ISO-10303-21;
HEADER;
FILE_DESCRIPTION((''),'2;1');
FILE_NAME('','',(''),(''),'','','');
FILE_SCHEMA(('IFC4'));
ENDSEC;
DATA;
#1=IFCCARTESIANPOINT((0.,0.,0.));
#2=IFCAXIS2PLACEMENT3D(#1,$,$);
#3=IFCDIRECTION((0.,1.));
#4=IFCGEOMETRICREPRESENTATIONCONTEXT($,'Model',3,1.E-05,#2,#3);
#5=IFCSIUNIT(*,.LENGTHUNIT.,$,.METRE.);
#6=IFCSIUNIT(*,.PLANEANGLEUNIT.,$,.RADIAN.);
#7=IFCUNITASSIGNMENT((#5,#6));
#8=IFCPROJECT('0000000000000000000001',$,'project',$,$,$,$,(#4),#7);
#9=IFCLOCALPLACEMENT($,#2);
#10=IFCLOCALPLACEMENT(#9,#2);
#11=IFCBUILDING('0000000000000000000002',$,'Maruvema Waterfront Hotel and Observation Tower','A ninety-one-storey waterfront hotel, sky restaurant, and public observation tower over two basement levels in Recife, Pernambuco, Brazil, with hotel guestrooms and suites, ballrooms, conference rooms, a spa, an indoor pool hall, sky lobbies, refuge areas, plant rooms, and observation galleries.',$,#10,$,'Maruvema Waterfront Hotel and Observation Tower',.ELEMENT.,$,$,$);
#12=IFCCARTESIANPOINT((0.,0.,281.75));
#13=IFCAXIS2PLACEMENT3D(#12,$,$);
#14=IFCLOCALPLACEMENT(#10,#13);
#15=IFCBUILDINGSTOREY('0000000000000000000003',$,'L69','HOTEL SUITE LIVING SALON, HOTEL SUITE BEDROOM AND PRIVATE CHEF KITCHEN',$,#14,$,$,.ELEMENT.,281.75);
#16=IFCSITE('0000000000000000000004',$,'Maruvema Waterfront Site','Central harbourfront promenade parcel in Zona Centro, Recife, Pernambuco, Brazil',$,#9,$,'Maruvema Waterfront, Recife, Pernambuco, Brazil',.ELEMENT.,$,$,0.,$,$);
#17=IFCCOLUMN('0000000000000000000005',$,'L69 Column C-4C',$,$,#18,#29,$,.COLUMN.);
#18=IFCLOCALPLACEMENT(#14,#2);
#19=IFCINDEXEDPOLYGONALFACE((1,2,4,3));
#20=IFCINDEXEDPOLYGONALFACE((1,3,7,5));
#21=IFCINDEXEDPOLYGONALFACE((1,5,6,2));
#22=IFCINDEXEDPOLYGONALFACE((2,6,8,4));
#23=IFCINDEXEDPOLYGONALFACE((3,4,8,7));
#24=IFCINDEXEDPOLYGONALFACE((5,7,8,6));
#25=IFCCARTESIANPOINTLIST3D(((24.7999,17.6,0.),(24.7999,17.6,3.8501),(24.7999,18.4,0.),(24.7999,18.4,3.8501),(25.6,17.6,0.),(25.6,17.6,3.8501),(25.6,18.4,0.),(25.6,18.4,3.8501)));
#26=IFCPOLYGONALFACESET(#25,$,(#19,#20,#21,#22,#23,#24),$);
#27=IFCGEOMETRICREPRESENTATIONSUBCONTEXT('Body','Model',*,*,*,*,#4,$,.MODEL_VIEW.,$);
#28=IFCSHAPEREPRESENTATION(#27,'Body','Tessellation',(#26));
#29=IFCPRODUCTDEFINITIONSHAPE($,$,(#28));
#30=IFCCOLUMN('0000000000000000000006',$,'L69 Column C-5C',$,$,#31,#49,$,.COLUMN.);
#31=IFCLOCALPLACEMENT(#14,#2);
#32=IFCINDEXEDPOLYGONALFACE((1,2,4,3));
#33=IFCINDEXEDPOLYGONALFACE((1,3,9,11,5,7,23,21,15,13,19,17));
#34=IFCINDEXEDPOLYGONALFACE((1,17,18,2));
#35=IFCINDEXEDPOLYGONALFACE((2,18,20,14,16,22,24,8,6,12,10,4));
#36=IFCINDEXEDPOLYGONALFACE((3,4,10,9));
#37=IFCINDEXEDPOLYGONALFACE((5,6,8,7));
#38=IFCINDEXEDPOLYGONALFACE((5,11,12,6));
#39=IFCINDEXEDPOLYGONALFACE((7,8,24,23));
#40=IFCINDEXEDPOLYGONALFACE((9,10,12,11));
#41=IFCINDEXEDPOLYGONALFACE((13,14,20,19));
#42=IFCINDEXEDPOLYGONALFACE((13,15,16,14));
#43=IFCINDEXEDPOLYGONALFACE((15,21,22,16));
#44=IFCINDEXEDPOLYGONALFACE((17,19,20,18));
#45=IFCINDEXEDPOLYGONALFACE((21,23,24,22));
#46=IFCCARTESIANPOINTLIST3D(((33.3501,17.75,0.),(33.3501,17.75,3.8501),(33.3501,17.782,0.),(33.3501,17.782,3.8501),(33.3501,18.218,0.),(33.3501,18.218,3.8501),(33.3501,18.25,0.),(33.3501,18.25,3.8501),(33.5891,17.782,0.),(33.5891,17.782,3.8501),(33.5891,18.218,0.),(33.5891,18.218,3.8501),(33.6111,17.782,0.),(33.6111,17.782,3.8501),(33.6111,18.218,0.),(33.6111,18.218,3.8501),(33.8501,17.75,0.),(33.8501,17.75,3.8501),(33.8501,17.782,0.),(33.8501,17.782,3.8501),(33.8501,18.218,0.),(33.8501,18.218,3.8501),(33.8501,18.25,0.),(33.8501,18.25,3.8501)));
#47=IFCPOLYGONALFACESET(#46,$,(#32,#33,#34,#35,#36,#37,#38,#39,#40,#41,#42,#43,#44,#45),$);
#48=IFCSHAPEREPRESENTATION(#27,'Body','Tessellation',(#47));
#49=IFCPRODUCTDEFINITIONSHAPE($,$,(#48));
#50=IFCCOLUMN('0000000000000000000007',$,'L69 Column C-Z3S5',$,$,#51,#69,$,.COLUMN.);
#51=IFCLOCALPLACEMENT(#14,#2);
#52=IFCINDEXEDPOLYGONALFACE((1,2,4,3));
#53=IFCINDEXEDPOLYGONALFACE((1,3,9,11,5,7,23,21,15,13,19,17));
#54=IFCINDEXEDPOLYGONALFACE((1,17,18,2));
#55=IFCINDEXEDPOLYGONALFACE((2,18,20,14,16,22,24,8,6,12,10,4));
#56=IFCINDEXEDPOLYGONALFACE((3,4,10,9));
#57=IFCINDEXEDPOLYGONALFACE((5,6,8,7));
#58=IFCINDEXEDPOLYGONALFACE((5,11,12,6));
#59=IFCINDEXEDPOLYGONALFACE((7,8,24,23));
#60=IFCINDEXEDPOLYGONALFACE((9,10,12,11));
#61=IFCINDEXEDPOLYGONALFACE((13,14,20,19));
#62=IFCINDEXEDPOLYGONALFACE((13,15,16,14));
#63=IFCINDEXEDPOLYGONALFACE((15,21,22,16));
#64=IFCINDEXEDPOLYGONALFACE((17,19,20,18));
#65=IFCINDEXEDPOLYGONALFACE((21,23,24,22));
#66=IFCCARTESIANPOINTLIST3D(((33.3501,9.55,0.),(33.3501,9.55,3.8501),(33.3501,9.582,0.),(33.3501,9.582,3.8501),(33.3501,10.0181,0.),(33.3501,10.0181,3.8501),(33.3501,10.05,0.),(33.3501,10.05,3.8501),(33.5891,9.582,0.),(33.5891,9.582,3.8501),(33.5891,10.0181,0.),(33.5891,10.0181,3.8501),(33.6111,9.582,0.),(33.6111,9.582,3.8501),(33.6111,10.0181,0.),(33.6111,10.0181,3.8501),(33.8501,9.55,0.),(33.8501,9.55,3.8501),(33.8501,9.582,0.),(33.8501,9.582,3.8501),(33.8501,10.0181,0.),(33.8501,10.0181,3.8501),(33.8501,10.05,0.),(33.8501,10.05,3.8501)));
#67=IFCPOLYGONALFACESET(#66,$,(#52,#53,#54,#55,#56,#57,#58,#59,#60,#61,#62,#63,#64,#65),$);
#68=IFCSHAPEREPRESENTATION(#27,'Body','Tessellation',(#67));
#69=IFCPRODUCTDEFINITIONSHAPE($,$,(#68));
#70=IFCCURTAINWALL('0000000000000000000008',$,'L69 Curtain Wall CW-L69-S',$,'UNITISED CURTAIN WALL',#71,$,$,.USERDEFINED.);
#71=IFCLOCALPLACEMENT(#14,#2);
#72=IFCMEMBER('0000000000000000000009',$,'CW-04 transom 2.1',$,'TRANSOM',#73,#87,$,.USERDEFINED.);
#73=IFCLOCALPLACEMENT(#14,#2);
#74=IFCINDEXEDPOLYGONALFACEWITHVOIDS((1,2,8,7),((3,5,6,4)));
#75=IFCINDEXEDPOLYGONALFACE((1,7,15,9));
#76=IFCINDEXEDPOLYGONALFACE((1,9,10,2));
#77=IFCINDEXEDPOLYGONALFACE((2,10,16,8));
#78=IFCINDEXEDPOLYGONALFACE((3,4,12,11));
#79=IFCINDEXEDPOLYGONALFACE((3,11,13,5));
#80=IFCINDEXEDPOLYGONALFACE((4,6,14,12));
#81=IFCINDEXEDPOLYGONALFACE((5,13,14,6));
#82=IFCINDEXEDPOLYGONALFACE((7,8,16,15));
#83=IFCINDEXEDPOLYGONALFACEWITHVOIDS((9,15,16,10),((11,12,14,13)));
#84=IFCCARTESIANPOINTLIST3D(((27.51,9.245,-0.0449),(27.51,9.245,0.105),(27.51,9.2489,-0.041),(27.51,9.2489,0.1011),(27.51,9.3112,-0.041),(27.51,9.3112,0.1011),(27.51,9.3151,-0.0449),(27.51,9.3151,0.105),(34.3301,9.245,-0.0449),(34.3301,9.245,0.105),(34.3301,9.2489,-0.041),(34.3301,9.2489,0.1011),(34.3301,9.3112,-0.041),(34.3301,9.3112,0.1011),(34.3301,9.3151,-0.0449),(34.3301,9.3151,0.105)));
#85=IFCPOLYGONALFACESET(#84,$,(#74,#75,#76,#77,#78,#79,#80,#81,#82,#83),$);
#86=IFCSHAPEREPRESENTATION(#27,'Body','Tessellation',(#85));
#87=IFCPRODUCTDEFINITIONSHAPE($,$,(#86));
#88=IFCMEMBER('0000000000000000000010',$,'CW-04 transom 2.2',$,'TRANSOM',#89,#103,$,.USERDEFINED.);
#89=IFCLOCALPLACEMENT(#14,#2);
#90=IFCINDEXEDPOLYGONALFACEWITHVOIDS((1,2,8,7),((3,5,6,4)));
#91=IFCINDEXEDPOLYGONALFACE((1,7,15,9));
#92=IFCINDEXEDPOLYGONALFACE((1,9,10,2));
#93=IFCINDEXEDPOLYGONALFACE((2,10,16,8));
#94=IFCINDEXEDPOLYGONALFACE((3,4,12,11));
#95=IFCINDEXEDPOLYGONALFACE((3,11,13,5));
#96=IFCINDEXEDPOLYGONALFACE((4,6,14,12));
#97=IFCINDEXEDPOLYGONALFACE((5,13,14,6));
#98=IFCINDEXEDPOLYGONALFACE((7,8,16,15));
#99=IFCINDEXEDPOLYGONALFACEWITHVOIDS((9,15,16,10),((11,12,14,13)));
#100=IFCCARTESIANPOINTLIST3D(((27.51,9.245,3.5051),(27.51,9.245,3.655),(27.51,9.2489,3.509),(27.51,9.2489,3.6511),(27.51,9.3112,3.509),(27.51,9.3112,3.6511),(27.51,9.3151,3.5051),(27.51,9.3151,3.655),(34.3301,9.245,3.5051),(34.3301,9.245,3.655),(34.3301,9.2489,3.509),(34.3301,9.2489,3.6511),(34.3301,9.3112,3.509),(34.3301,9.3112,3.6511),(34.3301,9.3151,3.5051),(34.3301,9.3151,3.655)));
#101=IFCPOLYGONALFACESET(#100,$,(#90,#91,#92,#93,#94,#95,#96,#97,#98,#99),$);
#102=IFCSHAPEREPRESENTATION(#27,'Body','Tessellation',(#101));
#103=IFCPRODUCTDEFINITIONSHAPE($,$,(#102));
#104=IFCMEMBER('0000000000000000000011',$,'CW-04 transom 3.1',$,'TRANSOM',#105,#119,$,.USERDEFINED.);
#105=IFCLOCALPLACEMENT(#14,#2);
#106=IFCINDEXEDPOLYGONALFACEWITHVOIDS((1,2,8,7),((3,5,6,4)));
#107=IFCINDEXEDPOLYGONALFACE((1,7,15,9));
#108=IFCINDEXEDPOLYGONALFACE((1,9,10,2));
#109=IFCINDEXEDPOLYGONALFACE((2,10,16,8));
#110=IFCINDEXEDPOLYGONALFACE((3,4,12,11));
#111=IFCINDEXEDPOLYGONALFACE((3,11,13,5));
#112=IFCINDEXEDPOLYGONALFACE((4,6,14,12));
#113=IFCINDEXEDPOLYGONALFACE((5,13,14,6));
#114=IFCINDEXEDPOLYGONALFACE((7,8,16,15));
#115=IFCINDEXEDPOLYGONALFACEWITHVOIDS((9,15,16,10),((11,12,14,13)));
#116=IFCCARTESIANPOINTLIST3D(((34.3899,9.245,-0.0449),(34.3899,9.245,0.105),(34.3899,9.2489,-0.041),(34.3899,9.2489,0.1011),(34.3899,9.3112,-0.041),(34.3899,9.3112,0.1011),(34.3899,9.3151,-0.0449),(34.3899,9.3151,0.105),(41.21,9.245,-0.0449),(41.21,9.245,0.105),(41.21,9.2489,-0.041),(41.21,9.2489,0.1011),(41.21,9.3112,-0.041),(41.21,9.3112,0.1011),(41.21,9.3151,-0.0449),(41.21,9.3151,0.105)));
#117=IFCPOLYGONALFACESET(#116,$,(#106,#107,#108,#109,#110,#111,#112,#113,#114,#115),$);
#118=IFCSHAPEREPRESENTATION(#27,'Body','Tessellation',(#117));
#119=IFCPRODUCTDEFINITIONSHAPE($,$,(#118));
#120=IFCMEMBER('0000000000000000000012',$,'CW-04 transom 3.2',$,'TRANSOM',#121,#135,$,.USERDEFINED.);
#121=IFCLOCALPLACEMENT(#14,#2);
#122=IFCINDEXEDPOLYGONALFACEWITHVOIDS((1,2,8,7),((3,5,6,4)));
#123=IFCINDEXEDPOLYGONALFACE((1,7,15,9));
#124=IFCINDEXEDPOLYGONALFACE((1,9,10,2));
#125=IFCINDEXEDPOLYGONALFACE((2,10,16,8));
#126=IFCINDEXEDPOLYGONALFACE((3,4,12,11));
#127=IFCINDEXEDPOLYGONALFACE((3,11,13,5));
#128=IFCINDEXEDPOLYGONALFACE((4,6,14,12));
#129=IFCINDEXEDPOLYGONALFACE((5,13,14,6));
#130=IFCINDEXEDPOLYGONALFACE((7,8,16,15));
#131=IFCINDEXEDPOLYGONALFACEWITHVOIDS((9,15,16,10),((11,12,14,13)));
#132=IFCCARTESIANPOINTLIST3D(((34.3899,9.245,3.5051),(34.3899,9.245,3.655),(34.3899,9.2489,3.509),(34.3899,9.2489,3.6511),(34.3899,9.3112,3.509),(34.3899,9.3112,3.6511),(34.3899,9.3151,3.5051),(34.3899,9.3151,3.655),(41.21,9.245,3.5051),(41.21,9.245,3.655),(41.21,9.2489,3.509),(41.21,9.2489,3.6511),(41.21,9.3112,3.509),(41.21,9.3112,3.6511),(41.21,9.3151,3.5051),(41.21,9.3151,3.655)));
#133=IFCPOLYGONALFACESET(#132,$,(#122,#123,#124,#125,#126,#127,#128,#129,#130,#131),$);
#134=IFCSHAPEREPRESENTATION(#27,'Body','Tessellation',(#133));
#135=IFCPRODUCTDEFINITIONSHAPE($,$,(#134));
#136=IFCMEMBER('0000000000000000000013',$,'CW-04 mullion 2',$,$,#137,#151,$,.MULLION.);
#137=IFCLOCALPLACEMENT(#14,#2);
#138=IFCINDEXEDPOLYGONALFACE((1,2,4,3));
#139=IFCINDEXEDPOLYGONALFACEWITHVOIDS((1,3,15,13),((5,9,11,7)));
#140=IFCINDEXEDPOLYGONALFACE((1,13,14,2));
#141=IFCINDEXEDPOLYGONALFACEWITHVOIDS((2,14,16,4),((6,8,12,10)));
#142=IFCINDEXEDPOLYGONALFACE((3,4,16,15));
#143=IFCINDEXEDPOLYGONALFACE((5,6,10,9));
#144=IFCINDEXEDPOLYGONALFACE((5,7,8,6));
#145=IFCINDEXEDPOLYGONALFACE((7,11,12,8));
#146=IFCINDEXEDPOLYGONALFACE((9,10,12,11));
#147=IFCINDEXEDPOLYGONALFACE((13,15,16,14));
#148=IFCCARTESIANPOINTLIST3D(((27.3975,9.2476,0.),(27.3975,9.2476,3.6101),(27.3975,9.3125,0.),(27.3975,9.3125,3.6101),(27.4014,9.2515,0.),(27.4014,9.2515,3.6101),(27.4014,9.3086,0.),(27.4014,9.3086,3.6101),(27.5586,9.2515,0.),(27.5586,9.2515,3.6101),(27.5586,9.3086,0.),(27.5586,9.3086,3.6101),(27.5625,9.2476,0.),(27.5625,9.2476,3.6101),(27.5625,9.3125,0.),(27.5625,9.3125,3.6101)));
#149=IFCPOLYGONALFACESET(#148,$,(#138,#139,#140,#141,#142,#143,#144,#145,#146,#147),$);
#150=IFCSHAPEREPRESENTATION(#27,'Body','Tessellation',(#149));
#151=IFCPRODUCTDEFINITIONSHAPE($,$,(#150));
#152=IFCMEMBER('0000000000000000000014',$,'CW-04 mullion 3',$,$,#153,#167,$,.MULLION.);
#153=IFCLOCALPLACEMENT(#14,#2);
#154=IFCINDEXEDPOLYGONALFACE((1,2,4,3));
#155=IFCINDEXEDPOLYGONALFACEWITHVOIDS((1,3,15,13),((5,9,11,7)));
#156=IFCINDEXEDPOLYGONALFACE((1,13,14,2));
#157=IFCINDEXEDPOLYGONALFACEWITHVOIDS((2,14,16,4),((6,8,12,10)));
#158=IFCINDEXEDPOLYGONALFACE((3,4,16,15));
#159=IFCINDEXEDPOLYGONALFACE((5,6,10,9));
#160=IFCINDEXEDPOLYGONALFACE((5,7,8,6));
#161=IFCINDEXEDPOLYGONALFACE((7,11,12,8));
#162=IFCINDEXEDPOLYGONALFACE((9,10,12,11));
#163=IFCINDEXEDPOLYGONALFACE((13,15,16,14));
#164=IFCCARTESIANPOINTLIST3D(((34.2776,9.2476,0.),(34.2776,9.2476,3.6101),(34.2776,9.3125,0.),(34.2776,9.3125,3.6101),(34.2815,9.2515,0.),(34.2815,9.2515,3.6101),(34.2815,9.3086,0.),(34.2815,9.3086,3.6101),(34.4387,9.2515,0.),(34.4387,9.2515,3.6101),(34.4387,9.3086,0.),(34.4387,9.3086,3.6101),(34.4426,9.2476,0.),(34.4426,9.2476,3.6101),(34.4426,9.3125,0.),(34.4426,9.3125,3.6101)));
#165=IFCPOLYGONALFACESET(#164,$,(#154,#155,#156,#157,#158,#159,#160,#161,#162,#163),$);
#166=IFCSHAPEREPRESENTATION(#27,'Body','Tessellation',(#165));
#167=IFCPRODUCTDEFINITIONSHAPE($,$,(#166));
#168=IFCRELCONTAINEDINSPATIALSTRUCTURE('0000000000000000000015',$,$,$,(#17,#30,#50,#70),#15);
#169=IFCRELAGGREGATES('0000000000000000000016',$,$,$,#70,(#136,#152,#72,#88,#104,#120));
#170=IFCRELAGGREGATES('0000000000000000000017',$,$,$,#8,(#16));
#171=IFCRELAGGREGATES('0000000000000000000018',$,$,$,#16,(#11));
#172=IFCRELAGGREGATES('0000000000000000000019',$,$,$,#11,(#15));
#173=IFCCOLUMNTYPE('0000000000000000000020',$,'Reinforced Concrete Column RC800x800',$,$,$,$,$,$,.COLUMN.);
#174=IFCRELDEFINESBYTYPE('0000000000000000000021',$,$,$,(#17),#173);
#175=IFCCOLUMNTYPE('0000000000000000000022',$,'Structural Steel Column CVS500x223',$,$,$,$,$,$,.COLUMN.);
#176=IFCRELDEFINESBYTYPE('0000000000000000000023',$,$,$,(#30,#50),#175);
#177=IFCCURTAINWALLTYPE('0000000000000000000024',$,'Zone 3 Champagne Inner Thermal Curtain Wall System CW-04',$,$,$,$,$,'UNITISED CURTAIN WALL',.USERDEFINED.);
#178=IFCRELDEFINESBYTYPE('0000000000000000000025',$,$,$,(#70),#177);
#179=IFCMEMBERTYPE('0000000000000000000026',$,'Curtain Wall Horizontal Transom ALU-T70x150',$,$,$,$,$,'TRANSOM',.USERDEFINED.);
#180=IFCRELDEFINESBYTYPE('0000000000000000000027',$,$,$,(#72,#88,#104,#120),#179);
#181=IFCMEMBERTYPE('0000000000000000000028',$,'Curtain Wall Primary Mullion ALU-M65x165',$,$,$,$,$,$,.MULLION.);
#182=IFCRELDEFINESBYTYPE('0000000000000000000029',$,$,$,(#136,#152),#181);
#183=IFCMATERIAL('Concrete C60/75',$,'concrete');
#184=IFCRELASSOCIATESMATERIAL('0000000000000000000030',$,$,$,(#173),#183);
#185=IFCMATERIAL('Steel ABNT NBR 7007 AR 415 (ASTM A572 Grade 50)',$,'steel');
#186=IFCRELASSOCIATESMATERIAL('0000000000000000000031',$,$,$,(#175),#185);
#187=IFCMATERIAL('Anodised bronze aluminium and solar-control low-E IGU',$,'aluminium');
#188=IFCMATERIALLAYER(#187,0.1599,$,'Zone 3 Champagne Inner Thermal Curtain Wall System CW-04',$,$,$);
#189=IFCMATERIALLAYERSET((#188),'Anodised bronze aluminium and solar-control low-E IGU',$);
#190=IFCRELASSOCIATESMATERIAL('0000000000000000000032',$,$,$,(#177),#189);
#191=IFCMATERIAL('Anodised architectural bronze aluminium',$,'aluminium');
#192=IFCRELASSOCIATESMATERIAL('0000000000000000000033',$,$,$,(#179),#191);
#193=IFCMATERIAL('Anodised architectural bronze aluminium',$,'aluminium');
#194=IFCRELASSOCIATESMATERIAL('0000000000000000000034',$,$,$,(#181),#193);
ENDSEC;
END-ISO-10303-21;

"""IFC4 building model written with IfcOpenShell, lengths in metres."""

from ifc_helpers import new_model, si_unit, direction, frame, origin, origin_2d, place, context, subcontext, project, spatial, rectangle, hollow_rectangle, i_section, extrude, material, layer, layer_set, material_profile, profile_set, type_object, element, aggregate, save


model = new_model("IFC4")

# Units and contexts
model_context = context("Model", 3, precision=1e-05, world=origin(), true_north=direction((0.0, 1.0)))
body_context = subcontext(model_context, "Body", "Model", "MODEL_VIEW")
ifc_project = project(units=[si_unit("LENGTHUNIT", "METRE"), si_unit("PLANEANGLEUNIT", "RADIAN")], contexts=[model_context])

# Site, building, storey
site_placement = place(None, origin())
site = spatial("IfcSite", under=ifc_project, at=site_placement, Name="Maruvema Waterfront Site", Description="Central harbourfront promenade parcel in Zona Centro, Recife, Pernambuco, Brazil", LongName="Maruvema Waterfront, Recife, Pernambuco, Brazil", CompositionType="ELEMENT", RefElevation=0.0)
building_placement = place(site_placement, origin())
building = spatial("IfcBuilding", under=site, at=building_placement, Name="Maruvema Waterfront Hotel and Observation Tower", Description="A ninety-one-storey waterfront hotel, sky restaurant, and public observation tower over two basement levels in Recife, Pernambuco, Brazil, with hotel guestrooms and suites, ballrooms, conference rooms, a spa, an indoor pool hall, sky lobbies, refuge areas, plant rooms, and observation galleries.", LongName="Maruvema Waterfront Hotel and Observation Tower", CompositionType="ELEMENT")
storey_placement = place(building_placement, frame((0.0, 0.0, 281.75)))
storey = spatial("IfcBuildingStorey", under=building, at=storey_placement, Name="L69", Description="HOTEL SUITE LIVING SALON, HOTEL SUITE BEDROOM AND PRIVATE CHEF KITCHEN", CompositionType="ELEMENT", Elevation=281.75)

# Columns
ifc_material_1 = material(Name="Concrete C60/75", Category="concrete")
ifc_material_profile_1 = material_profile(ifc_material_1, rectangle(XDim=0.8, YDim=0.8, at=origin_2d()), Name="RC800x800")
ifc_profile_set_1 = profile_set([ifc_material_profile_1], Name="Concrete C60/75")
column_type_1 = type_object("IfcColumnType", Name="Reinforced Concrete Column RC800x800", PredefinedType="COLUMN", material=ifc_profile_set_1)
column_placement = place(storey_placement, frame((25.2, 18.0, 0.0), z_axis=(0.0, 0.0, 1.0), x_axis=(1.0, 0.0, 0.0)))
element("IfcColumn", 1, at=column_placement, inside=storey, type_object=column_type_1, Name="L69 Column C-4C", PredefinedType="COLUMN", context=body_context, shape_type="SweptSolid", body=[
    extrude(rectangle(XDim=0.8, YDim=0.8, at=origin_2d()), origin(), (0.0, 0.0, 1.0), 3.8501),
])
ifc_material_2 = material(Name="Steel ABNT NBR 7007 AR 415 (ASTM A572 Grade 50)", Category="steel")
ifc_material_profile_2 = material_profile(ifc_material_2, i_section(OverallWidth=0.5, OverallDepth=0.5, WebThickness=0.022, FlangeThickness=0.032, at=origin_2d()), Name="CVS500x223")
ifc_profile_set_2 = profile_set([ifc_material_profile_2], Name="Steel ABNT NBR 7007 AR 415 (ASTM A572 Grade 50)")
column_type_2 = type_object("IfcColumnType", Name="Structural Steel Column CVS500x223", PredefinedType="COLUMN", material=ifc_profile_set_2)
for number, where, z_axis, x_axis, name in (
    (2, (33.6001, 18.0, 0.0), (0.0, 0.0, 1.0), (1.0, 0.0, 0.0), "L69 Column C-5C"),
    (3, (33.6001, 9.8, 0.0), (0.0, 0.0, 1.0), (1.0, 0.0, 0.0), "L69 Column C-Z3S5"),
):
    element("IfcColumn", number, at=place(storey_placement, frame(where, z_axis=z_axis, x_axis=x_axis)), inside=storey, type_object=column_type_2, Name=name, PredefinedType="COLUMN", context=body_context, shape_type="SweptSolid", body=[
        extrude(i_section(OverallWidth=0.5, OverallDepth=0.5, WebThickness=0.022, FlangeThickness=0.032, at=origin_2d()), origin(), (0.0, 0.0, 1.0), 3.8501),
    ])

# Curtain wall, members
ifc_material_3 = material(Name="Anodised bronze aluminium and solar-control low-E IGU", Category="aluminium")
ifc_layer_1 = layer(ifc_material_3, 0.1599, Name="Zone 3 Champagne Inner Thermal Curtain Wall System CW-04")
ifc_layer_set_1 = layer_set([ifc_layer_1], Name="Anodised bronze aluminium and solar-control low-E IGU")
curtain_wall_type = type_object("IfcCurtainWallType", Name="Zone 3 Champagne Inner Thermal Curtain Wall System CW-04", ElementType="UNITISED CURTAIN WALL", PredefinedType="USERDEFINED", material=ifc_layer_set_1)
curtain_wall_placement = place(storey_placement, origin())
curtain_wall = element("IfcCurtainWall", 4, at=curtain_wall_placement, inside=storey, type_object=curtain_wall_type, Name="L69 Curtain Wall CW-L69-S", ObjectType="UNITISED CURTAIN WALL", PredefinedType="USERDEFINED")
ifc_material_4 = material(Name="Anodised architectural bronze aluminium", Category="aluminium")
ifc_material_profile_3 = material_profile(ifc_material_4, hollow_rectangle(XDim=0.0701, YDim=0.1499, WallThickness=0.0039, at=origin_2d()), Name="ALU-T70x150")
ifc_profile_set_3 = profile_set([ifc_material_profile_3], Name="Anodised architectural bronze aluminium")
member_type_1 = type_object("IfcMemberType", Name="Curtain Wall Horizontal Transom ALU-T70x150", ElementType="TRANSOM", PredefinedType="USERDEFINED", material=ifc_profile_set_3)
member_1_placement = place(storey_placement, frame((27.51, 9.28, 0.03), z_axis=(1.0, 0.0, 0.0), x_axis=(0.0, 1.0, 0.0)))
member_1 = element("IfcMember", 5, at=member_1_placement, type_object=member_type_1, Name="CW-04 transom 2.1", ObjectType="TRANSOM", PredefinedType="USERDEFINED", context=body_context, shape_type="SweptSolid", body=[
    extrude(hollow_rectangle(XDim=0.0701, YDim=0.1499, WallThickness=0.0039, at=origin_2d()), origin(), (0.0, 0.0, 1.0), 6.8201),
])
member_2_placement = place(storey_placement, frame((27.51, 9.28, 3.5801), z_axis=(1.0, 0.0, 0.0), x_axis=(0.0, 1.0, 0.0)))
member_2 = element("IfcMember", 6, at=member_2_placement, type_object=member_type_1, Name="CW-04 transom 2.2", ObjectType="TRANSOM", PredefinedType="USERDEFINED", context=body_context, shape_type="SweptSolid", body=[
    extrude(hollow_rectangle(XDim=0.0701, YDim=0.1499, WallThickness=0.0039, at=origin_2d()), origin(), (0.0, 0.0, 1.0), 6.8201),
])
member_3_placement = place(storey_placement, frame((34.3899, 9.28, 0.03), z_axis=(1.0, 0.0, 0.0), x_axis=(0.0, 1.0, 0.0)))
member_3 = element("IfcMember", 7, at=member_3_placement, type_object=member_type_1, Name="CW-04 transom 3.1", ObjectType="TRANSOM", PredefinedType="USERDEFINED", context=body_context, shape_type="SweptSolid", body=[
    extrude(hollow_rectangle(XDim=0.0701, YDim=0.1499, WallThickness=0.0039, at=origin_2d()), origin(), (0.0, 0.0, 1.0), 6.8201),
])
member_4_placement = place(storey_placement, frame((34.3899, 9.28, 3.5801), z_axis=(1.0, 0.0, 0.0), x_axis=(0.0, 1.0, 0.0)))
member_4 = element("IfcMember", 8, at=member_4_placement, type_object=member_type_1, Name="CW-04 transom 3.2", ObjectType="TRANSOM", PredefinedType="USERDEFINED", context=body_context, shape_type="SweptSolid", body=[
    extrude(hollow_rectangle(XDim=0.0701, YDim=0.1499, WallThickness=0.0039, at=origin_2d()), origin(), (0.0, 0.0, 1.0), 6.8201),
])
ifc_material_5 = material(Name="Anodised architectural bronze aluminium", Category="aluminium")
ifc_material_profile_4 = material_profile(ifc_material_5, hollow_rectangle(XDim=0.0649, YDim=0.165, WallThickness=0.0039, at=origin_2d()), Name="ALU-M65x165")
ifc_profile_set_4 = profile_set([ifc_material_profile_4], Name="Anodised architectural bronze aluminium")
member_type_2 = type_object("IfcMemberType", Name="Curtain Wall Primary Mullion ALU-M65x165", PredefinedType="MULLION", material=ifc_profile_set_4)
member_5_placement = place(storey_placement, frame((27.48, 9.28, 0.0), z_axis=(0.0, 0.0, 1.0), x_axis=(0.0, 1.0, 0.0)))
member_5 = element("IfcMember", 9, at=member_5_placement, type_object=member_type_2, Name="CW-04 mullion 2", PredefinedType="MULLION", context=body_context, shape_type="SweptSolid", body=[
    extrude(hollow_rectangle(XDim=0.0649, YDim=0.165, WallThickness=0.0039, at=origin_2d()), origin(), (0.0, 0.0, 1.0), 3.6101),
])
member_6_placement = place(storey_placement, frame((34.3601, 9.28, 0.0), z_axis=(0.0, 0.0, 1.0), x_axis=(0.0, 1.0, 0.0)))
member_6 = element("IfcMember", 10, at=member_6_placement, type_object=member_type_2, Name="CW-04 mullion 3", PredefinedType="MULLION", context=body_context, shape_type="SweptSolid", body=[
    extrude(hollow_rectangle(XDim=0.0649, YDim=0.165, WallThickness=0.0039, at=origin_2d()), origin(), (0.0, 0.0, 1.0), 3.6101),
])

aggregate(curtain_wall, [member_5, member_6, member_1, member_2, member_3, member_4])

save(model, "model.ifc")
